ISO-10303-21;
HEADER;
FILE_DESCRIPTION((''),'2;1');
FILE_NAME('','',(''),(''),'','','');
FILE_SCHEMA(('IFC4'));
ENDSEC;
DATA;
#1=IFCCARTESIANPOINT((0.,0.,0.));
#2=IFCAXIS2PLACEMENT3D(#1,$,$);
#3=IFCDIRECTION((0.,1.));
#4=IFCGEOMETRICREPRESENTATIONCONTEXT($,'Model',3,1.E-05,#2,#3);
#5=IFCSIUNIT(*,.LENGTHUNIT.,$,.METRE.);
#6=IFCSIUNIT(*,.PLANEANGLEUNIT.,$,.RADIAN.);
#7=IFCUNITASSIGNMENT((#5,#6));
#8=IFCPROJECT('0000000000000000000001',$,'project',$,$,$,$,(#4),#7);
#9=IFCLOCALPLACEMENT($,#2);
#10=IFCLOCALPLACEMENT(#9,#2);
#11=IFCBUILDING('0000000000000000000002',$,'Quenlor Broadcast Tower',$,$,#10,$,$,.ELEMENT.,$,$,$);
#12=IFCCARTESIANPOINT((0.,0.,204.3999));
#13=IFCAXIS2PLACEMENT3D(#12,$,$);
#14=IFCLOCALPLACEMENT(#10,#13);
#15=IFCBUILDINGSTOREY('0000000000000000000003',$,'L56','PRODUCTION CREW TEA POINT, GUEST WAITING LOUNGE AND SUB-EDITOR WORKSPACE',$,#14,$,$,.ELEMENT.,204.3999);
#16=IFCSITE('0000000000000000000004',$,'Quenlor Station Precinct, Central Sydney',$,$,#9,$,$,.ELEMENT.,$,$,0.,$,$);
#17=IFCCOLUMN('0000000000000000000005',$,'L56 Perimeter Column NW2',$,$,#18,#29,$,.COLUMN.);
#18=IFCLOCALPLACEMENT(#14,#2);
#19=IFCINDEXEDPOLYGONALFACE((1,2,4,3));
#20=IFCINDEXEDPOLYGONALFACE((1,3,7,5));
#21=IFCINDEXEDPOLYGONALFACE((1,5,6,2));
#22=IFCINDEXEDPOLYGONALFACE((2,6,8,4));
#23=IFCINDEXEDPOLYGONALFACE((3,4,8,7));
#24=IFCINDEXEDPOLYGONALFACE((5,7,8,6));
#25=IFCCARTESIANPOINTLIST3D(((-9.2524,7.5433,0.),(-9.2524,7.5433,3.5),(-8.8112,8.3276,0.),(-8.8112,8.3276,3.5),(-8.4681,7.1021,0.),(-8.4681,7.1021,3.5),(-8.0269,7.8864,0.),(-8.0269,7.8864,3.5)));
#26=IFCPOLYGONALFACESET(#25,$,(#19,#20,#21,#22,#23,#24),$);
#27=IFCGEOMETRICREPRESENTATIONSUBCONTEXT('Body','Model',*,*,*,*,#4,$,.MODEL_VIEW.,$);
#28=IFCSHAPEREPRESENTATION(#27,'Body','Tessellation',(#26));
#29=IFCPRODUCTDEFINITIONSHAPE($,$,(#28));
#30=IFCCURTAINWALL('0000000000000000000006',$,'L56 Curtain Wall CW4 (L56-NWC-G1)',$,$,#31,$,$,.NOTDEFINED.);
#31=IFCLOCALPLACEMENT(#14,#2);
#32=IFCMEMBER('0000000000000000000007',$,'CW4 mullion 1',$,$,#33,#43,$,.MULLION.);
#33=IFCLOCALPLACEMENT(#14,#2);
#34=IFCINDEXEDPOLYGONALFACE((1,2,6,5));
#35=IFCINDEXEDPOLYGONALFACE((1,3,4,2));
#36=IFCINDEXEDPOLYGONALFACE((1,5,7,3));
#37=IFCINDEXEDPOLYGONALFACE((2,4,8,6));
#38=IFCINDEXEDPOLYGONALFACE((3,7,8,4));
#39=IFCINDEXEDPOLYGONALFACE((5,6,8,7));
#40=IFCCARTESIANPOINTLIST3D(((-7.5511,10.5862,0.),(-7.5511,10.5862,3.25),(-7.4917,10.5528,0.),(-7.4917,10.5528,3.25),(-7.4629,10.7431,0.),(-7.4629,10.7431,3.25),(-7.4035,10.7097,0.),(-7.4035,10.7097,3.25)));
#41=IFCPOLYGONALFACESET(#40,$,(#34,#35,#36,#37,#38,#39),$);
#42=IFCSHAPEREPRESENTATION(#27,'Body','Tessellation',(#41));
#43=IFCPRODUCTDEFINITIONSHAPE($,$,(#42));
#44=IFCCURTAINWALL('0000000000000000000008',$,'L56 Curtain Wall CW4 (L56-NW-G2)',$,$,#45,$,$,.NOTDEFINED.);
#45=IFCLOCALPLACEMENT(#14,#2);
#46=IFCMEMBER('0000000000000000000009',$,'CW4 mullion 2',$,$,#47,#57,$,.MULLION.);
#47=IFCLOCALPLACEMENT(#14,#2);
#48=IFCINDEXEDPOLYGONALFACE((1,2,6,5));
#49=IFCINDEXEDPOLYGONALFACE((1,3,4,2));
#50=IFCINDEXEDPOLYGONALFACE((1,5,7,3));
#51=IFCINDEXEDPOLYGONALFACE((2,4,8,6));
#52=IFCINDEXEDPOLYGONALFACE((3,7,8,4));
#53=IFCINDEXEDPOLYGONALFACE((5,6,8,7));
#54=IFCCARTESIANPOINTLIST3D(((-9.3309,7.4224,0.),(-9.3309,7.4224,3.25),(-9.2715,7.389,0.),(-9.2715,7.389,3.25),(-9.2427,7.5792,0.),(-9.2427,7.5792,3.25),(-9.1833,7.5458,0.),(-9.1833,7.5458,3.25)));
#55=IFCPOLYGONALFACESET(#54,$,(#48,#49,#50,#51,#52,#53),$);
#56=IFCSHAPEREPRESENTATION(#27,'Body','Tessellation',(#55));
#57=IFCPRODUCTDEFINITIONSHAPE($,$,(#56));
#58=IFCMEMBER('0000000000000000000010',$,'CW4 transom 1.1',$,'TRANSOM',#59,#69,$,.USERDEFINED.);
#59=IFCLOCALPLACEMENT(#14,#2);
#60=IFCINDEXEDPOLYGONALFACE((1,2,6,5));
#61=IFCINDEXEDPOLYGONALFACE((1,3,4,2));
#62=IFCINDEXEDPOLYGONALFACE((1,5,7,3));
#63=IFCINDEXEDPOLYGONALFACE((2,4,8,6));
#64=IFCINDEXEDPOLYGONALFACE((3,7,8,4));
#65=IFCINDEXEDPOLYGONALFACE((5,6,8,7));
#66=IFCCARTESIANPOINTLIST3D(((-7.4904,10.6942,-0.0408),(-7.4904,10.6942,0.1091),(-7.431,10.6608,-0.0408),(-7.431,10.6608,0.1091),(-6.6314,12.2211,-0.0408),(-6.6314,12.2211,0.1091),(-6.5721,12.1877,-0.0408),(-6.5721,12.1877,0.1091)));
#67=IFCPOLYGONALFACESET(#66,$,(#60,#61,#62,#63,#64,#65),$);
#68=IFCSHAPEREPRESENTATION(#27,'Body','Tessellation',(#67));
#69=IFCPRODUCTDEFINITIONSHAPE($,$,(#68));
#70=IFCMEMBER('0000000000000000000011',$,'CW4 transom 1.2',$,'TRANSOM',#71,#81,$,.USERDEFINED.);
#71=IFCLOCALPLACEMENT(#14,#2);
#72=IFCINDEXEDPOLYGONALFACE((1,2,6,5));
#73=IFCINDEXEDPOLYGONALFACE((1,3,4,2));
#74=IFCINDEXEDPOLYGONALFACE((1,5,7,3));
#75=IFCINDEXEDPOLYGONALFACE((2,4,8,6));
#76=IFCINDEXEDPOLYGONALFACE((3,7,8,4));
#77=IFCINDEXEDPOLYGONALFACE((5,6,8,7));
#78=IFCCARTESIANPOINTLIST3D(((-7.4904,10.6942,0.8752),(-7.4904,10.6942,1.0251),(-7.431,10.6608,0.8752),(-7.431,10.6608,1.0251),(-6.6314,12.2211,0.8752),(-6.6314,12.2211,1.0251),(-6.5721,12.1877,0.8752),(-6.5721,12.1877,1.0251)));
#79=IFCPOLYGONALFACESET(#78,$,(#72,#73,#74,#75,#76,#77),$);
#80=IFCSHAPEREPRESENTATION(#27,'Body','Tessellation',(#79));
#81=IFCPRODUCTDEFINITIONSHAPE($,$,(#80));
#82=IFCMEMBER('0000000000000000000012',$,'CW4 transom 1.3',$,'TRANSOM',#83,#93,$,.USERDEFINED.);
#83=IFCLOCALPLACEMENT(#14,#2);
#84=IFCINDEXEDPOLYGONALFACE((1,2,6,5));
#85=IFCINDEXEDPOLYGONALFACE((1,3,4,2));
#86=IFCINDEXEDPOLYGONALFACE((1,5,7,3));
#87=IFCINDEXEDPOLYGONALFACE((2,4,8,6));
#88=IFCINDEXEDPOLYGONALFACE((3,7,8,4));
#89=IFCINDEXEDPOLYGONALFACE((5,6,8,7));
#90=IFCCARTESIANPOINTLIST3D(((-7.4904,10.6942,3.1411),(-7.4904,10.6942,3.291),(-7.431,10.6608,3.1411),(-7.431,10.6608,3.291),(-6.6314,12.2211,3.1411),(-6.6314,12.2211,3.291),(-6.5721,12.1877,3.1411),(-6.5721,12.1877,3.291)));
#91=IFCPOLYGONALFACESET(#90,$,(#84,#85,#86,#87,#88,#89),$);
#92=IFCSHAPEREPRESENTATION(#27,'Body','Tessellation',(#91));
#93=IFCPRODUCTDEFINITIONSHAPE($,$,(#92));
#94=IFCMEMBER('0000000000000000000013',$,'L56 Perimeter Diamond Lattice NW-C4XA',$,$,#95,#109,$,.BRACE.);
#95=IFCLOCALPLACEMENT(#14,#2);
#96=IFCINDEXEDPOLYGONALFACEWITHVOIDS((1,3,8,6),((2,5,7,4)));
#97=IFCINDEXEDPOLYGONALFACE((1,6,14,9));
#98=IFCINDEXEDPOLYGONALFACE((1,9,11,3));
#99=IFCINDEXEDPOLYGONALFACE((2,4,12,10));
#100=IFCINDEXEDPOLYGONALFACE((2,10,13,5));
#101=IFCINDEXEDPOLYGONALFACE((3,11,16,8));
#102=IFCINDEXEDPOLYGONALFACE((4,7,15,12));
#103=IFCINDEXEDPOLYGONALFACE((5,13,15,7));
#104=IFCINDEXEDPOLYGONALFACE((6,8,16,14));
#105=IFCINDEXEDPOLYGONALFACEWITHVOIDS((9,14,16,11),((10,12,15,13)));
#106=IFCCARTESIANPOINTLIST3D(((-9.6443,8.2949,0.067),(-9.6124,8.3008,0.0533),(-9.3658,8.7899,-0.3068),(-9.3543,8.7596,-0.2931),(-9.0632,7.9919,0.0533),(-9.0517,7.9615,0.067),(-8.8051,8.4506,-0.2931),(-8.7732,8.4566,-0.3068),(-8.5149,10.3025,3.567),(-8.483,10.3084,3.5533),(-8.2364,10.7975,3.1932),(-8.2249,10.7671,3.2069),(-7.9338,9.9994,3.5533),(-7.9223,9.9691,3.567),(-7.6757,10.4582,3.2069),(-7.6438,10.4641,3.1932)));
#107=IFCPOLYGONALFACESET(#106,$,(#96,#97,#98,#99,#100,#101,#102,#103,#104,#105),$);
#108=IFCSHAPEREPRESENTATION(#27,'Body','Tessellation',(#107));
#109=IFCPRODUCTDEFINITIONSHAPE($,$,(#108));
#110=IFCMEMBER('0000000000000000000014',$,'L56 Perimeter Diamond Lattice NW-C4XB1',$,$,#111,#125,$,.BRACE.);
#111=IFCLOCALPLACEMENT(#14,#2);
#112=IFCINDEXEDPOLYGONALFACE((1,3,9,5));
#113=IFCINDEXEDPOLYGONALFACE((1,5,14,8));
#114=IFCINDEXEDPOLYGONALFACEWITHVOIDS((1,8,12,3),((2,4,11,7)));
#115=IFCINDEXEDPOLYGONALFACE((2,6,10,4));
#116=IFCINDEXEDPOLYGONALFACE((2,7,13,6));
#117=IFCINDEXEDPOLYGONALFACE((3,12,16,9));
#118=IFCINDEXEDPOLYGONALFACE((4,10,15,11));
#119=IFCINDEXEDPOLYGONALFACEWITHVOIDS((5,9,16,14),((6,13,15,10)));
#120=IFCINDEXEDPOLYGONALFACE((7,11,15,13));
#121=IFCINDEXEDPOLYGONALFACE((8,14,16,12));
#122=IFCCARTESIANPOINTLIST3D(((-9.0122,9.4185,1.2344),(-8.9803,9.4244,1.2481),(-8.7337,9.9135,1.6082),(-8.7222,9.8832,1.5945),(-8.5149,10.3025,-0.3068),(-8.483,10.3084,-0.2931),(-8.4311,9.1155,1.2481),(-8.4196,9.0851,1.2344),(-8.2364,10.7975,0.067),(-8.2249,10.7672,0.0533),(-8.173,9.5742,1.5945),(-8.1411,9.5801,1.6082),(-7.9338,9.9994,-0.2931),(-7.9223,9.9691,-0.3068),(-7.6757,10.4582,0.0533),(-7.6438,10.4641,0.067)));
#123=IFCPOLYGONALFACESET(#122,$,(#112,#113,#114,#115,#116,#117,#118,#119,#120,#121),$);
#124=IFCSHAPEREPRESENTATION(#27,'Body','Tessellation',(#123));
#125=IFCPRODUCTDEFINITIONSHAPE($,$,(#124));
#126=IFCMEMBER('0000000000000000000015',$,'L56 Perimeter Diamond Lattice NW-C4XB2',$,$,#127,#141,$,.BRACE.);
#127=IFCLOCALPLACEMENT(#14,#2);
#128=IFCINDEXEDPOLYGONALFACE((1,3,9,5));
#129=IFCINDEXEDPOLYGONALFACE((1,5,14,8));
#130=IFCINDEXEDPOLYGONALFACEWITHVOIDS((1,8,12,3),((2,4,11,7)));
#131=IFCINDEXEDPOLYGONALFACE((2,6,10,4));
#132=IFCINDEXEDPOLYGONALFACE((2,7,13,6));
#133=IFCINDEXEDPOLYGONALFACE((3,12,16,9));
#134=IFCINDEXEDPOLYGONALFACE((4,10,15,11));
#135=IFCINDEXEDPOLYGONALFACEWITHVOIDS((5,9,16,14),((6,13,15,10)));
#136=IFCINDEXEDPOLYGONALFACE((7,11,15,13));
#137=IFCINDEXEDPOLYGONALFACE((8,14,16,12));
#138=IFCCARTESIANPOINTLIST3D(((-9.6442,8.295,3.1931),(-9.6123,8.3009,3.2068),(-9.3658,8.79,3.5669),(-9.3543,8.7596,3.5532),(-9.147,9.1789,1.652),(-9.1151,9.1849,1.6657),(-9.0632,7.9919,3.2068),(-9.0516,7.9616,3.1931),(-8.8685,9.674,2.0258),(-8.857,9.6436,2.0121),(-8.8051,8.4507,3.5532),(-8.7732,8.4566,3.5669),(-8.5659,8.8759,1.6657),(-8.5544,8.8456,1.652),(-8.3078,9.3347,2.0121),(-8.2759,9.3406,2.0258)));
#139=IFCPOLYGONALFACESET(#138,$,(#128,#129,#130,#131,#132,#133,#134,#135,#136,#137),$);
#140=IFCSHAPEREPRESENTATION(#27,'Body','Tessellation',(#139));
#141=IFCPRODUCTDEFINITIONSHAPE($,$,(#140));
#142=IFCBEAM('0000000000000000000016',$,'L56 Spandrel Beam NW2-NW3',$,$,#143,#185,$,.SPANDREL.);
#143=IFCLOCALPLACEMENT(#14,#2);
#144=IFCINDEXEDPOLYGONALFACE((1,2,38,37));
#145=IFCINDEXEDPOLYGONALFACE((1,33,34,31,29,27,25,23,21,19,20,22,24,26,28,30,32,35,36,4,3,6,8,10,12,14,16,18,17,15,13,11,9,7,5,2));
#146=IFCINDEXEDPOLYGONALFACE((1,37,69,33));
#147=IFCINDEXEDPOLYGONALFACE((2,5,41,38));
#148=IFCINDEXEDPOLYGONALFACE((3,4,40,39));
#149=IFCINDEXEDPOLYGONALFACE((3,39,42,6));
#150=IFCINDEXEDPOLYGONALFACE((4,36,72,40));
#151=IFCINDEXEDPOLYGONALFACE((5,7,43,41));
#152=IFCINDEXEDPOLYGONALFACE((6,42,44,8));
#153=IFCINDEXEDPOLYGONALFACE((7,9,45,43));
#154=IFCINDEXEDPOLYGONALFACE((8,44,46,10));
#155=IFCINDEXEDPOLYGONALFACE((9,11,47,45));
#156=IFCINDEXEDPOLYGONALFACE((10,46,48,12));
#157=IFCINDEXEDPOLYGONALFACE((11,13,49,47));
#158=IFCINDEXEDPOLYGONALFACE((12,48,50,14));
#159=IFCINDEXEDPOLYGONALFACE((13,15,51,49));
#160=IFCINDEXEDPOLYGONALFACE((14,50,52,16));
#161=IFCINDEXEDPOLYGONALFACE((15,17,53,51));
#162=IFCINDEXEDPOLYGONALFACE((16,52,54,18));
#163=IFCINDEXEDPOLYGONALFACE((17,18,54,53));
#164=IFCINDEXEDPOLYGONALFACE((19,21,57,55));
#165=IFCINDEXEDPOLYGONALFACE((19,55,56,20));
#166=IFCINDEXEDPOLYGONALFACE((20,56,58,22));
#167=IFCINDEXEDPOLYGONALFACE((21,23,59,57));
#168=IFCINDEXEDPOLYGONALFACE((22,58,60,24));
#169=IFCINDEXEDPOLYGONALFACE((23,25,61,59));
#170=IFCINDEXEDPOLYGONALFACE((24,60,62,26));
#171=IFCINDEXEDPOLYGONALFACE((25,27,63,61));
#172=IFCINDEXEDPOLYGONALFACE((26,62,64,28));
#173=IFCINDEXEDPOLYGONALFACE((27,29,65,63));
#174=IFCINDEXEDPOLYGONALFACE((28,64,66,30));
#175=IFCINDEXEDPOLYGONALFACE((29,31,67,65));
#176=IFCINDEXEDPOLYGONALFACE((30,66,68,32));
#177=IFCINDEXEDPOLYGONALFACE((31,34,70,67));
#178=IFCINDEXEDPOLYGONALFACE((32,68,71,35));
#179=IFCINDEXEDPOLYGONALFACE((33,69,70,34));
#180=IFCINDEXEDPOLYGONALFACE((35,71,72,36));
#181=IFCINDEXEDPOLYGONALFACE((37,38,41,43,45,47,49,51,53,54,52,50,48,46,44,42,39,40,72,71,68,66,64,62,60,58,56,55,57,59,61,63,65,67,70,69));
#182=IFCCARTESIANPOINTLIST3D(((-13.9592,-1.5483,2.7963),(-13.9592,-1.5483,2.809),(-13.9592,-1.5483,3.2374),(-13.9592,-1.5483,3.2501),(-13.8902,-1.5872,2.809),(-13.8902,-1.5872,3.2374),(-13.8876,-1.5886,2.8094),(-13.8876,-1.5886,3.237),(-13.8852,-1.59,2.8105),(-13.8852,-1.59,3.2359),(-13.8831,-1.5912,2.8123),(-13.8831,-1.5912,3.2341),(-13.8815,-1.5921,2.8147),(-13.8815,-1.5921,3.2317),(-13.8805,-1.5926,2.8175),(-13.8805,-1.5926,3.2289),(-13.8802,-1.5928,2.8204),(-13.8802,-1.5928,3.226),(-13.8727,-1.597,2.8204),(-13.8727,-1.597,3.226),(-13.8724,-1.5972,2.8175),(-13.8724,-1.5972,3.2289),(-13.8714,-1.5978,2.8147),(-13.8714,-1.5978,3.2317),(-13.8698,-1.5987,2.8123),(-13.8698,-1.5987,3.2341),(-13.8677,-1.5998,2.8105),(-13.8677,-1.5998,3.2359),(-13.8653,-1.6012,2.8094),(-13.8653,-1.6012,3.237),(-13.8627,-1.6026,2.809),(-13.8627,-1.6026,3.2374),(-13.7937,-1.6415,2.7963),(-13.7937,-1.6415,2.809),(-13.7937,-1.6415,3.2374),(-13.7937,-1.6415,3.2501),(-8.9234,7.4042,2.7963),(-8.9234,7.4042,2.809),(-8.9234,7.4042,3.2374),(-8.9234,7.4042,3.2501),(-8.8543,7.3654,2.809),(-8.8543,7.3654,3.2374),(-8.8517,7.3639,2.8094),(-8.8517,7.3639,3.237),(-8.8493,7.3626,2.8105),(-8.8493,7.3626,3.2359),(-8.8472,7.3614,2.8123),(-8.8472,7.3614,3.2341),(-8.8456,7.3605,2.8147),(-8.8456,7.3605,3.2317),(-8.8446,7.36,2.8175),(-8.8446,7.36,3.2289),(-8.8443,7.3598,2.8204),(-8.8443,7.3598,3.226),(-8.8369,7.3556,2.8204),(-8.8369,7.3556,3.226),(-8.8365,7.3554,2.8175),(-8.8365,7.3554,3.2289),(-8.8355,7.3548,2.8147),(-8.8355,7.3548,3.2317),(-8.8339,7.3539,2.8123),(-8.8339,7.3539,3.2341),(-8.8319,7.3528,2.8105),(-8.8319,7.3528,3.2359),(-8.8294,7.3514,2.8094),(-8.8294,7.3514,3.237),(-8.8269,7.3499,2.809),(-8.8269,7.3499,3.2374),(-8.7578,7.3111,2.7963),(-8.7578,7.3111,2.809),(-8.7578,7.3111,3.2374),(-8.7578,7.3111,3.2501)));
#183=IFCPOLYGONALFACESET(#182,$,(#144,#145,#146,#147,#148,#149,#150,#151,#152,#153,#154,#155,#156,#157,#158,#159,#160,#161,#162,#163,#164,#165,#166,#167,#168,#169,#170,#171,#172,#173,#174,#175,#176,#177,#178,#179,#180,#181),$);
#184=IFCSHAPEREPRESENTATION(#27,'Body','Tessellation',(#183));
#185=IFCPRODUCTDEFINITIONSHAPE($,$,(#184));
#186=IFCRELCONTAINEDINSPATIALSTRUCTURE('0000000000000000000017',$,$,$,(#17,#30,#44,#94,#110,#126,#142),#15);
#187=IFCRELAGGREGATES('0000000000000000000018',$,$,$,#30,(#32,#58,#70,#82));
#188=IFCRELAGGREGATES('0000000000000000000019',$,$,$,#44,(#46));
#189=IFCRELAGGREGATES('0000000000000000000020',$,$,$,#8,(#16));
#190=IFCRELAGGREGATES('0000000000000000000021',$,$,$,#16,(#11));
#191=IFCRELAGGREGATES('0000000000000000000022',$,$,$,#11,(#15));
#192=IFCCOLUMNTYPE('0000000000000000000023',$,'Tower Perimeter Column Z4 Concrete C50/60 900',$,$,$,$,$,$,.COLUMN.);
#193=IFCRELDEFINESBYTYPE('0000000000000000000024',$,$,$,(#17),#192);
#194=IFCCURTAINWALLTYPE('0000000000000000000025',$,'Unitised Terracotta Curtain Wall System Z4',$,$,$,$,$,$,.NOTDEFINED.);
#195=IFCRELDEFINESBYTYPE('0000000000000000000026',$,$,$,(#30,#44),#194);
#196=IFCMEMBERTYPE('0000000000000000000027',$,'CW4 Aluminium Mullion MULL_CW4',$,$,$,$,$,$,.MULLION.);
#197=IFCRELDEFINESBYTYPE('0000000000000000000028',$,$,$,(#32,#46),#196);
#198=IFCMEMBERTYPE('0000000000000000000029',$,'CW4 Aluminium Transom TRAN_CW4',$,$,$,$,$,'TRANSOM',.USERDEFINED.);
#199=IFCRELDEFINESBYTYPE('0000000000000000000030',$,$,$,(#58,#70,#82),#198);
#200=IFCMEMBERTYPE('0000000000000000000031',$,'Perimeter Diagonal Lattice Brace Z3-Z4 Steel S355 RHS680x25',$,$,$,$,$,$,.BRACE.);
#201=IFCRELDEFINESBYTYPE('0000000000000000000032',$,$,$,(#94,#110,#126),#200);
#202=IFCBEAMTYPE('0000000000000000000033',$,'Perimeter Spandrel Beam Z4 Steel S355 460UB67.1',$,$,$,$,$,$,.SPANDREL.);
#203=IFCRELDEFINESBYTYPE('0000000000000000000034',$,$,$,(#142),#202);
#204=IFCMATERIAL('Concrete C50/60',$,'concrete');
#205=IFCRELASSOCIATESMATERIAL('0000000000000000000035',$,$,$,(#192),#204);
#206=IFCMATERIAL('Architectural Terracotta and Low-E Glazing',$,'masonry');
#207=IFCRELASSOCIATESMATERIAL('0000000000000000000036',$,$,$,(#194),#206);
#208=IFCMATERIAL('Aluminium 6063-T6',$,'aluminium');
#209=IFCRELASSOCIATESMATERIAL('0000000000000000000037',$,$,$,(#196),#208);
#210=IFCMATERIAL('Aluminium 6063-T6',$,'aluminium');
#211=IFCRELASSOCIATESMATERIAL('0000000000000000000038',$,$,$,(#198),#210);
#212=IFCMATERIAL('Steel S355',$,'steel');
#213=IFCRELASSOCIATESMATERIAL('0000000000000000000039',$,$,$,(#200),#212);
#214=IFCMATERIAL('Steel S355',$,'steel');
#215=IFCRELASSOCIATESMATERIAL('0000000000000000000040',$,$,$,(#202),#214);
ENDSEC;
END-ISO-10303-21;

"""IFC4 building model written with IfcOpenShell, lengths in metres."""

from ifc_helpers import new_model, si_unit, direction, frame, origin, origin_2d, place, context, subcontext, project, spatial, rectangle, hollow_rectangle, i_section, extrude, material, material_profile, profile_set, type_object, element, aggregate, save


model = new_model("IFC4")

# Units and contexts
model_context = context("Model", 3, precision=1e-05, world=origin(), true_north=direction((0.0, 1.0)))
body_context = subcontext(model_context, "Body", "Model", "MODEL_VIEW")
ifc_project = project(units=[si_unit("LENGTHUNIT", "METRE"), si_unit("PLANEANGLEUNIT", "RADIAN")], contexts=[model_context])

# Site, building, storey
site_placement = place(None, origin())
site = spatial("IfcSite", under=ifc_project, at=site_placement, Name="Quenlor Station Precinct, Central Sydney", CompositionType="ELEMENT", RefElevation=0.0)
building_placement = place(site_placement, origin())
building = spatial("IfcBuilding", under=site, at=building_placement, Name="Quenlor Broadcast Tower", CompositionType="ELEMENT")
storey_placement = place(building_placement, frame((0.0, 0.0, 204.3999)))
storey = spatial("IfcBuildingStorey", under=building, at=storey_placement, Name="L56", Description="PRODUCTION CREW TEA POINT, GUEST WAITING LOUNGE AND SUB-EDITOR WORKSPACE", CompositionType="ELEMENT", Elevation=204.3999)

# Column
ifc_material_1 = material(Name="Concrete C50/60", Category="concrete")
ifc_material_profile_1 = material_profile(ifc_material_1, rectangle(XDim=0.8999, YDim=0.8999, at=origin_2d()))
ifc_profile_set_1 = profile_set([ifc_material_profile_1], Name="Concrete C50/60 RC900x900")
column_type = type_object("IfcColumnType", Name="Tower Perimeter Column Z4 Concrete C50/60 900", PredefinedType="COLUMN", material=ifc_profile_set_1)
column_placement = place(storey_placement, frame((-8.6396, 7.7148, 0.0), z_axis=(0.0, 0.0, 1.0), x_axis=(-0.871575, 0.490262, 0.0)))
element("IfcColumn", 1, at=column_placement, inside=storey, type_object=column_type, Name="L56 Perimeter Column NW2", PredefinedType="COLUMN", context=body_context, shape_type="SweptSolid", body=[
    extrude(rectangle(XDim=0.8999, YDim=0.8999, at=origin_2d()), origin(), (0.0, 0.0, 1.0), 3.5),
])

# Curtain walls, members
ifc_material_2 = material(Name="Architectural Terracotta and Low-E Glazing", Category="masonry")
curtain_wall_type = type_object("IfcCurtainWallType", Name="Unitised Terracotta Curtain Wall System Z4", PredefinedType="NOTDEFINED", material=ifc_material_2)
curtain_wall_1_placement = place(storey_placement, origin())
curtain_wall_1 = element("IfcCurtainWall", 2, at=curtain_wall_1_placement, inside=storey, type_object=curtain_wall_type, Name="L56 Curtain Wall CW4 (L56-NWC-G1)", PredefinedType="NOTDEFINED")
ifc_material_3 = material(Name="Aluminium 6063-T6", Category="aluminium")
ifc_material_profile_2 = material_profile(ifc_material_3, rectangle(XDim=0.0681, YDim=0.1799, at=origin_2d()))
ifc_profile_set_2 = profile_set([ifc_material_profile_2], Name="Aluminium 6063-T6 MULL68x180")
member_type_1 = type_object("IfcMemberType", Name="CW4 Aluminium Mullion MULL_CW4", PredefinedType="MULLION", material=ifc_profile_set_2)
member_1_placement = place(storey_placement, frame((-7.4773, 10.6479, 0.0), z_axis=(0.0, 0.0, 1.0), x_axis=(-0.871576, 0.49026, 0.0)))
member_1 = element("IfcMember", 3, at=member_1_placement, type_object=member_type_1, Name="CW4 mullion 1", PredefinedType="MULLION", context=body_context, shape_type="SweptSolid", body=[
    extrude(rectangle(XDim=0.0681, YDim=0.1799, at=origin_2d()), origin(), (0.0, 0.0, 1.0), 3.25),
])
curtain_wall_2_placement = place(storey_placement, origin())
curtain_wall_2 = element("IfcCurtainWall", 4, at=curtain_wall_2_placement, inside=storey, type_object=curtain_wall_type, Name="L56 Curtain Wall CW4 (L56-NW-G2)", PredefinedType="NOTDEFINED")
member_2_placement = place(storey_placement, frame((-9.2571, 7.4841, 0.0), z_axis=(0.0, 0.0, 1.0), x_axis=(-0.871578, 0.490257, 0.0)))
member_2 = element("IfcMember", 5, at=member_2_placement, type_object=member_type_1, Name="CW4 mullion 2", PredefinedType="MULLION", context=body_context, shape_type="SweptSolid", body=[
    extrude(rectangle(XDim=0.0681, YDim=0.1799, at=origin_2d()), origin(), (0.0, 0.0, 1.0), 3.25),
])

# Members
ifc_material_4 = material(Name="Aluminium 6063-T6", Category="aluminium")
ifc_material_profile_3 = material_profile(ifc_material_4, rectangle(XDim=0.0681, YDim=0.1499, at=origin_2d()))
ifc_profile_set_3 = profile_set([ifc_material_profile_3], Name="Aluminium 6063-T6 TRAN68x150")
member_type_2 = type_object("IfcMemberType", Name="CW4 Aluminium Transom TRAN_CW4", ElementType="TRANSOM", PredefinedType="USERDEFINED", material=ifc_profile_set_3)
member_3_placement = place(storey_placement, frame((-7.4607, 10.6775, 0.0342), z_axis=(0.490274, 0.871568, 0.0), x_axis=(-0.871568, 0.490274, 0.0)))
member_3 = element("IfcMember", 6, at=member_3_placement, type_object=member_type_2, Name="CW4 transom 1.1", ObjectType="TRANSOM", PredefinedType="USERDEFINED", context=body_context, shape_type="SweptSolid", body=[
    extrude(rectangle(XDim=0.0681, YDim=0.1499, at=origin_2d()), origin(), (0.0, 0.0, 1.0), 1.752),
])
member_4_placement = place(storey_placement, frame((-7.4607, 10.6775, 0.9502), z_axis=(0.490274, 0.871568, 0.0), x_axis=(-0.871568, 0.490274, 0.0)))
member_4 = element("IfcMember", 7, at=member_4_placement, type_object=member_type_2, Name="CW4 transom 1.2", ObjectType="TRANSOM", PredefinedType="USERDEFINED", context=body_context, shape_type="SweptSolid", body=[
    extrude(rectangle(XDim=0.0681, YDim=0.1499, at=origin_2d()), origin(), (0.0, 0.0, 1.0), 1.752),
])
member_5_placement = place(storey_placement, frame((-7.4607, 10.6775, 3.2161), z_axis=(0.490274, 0.871568, 0.0), x_axis=(-0.871568, 0.490274, 0.0)))
member_5 = element("IfcMember", 8, at=member_5_placement, type_object=member_type_2, Name="CW4 transom 1.3", ObjectType="TRANSOM", PredefinedType="USERDEFINED", context=body_context, shape_type="SweptSolid", body=[
    extrude(rectangle(XDim=0.0681, YDim=0.1499, at=origin_2d()), origin(), (0.0, 0.0, 1.0), 1.752),
])
aggregate(curtain_wall_1, [member_1, member_3, member_4, member_5])

# Members
ifc_material_5 = material(Name="Steel S355", Category="steel")
ifc_material_profile_4 = material_profile(ifc_material_5, hollow_rectangle(XDim=0.6799, YDim=0.6799, WallThickness=0.0249, at=origin_2d()))
ifc_profile_set_4 = profile_set([ifc_material_profile_4], Name="Steel S355 RHS680x680x25")
member_type_3 = type_object("IfcMemberType", Name="Perimeter Diagonal Lattice Brace Z3-Z4 Steel S355 RHS680x25", PredefinedType="BRACE", material=ifc_profile_set_4)
member_6_placement = place(storey_placement, frame((-9.2087, 8.3757, -0.1199), z_axis=(0.269547, 0.479136, 0.835328), x_axis=(-0.87155, 0.490307, 0.0)))
element("IfcMember", 9, at=member_6_placement, inside=storey, type_object=member_type_3, Name="L56 Perimeter Diamond Lattice NW-C4XA", PredefinedType="BRACE", context=body_context, shape_type="SweptSolid", body=[
    extrude(hollow_rectangle(XDim=0.6799, YDim=0.6799, WallThickness=0.0249, at=origin_2d()), origin(), (0.0, 0.0, 1.0), 4.1899),
])
for number, where, z_axis, x_axis, name in (
    (10, (-8.0793, 10.3833, -0.1199), (-0.269536, -0.47913, 0.835335), (0.871556, -0.490296, 0.0), "L56 Perimeter Diamond Lattice NW-C4XB1"),
    (11, (-8.7114, 9.2598, 1.8389), (-0.269536, -0.47913, 0.835335), (0.871556, -0.490296, 0.0), "L56 Perimeter Diamond Lattice NW-C4XB2"),
):
    element("IfcMember", number, at=place(storey_placement, frame(where, z_axis=z_axis, x_axis=x_axis)), inside=storey, type_object=member_type_3, Name=name, PredefinedType="BRACE", context=body_context, shape_type="SweptSolid", body=[
        extrude(hollow_rectangle(XDim=0.6799, YDim=0.6799, WallThickness=0.0249, at=origin_2d()), origin(), (0.0, 0.0, 1.0), 1.845),
    ])

# Beam
ifc_material_6 = material(Name="Steel S355", Category="steel")
ifc_material_profile_5 = material_profile(ifc_material_6, i_section(OverallWidth=0.1899, OverallDepth=0.4539, WebThickness=0.0085, FlangeThickness=0.0127, FilletRadius=0.0115, at=origin_2d()))
ifc_profile_set_5 = profile_set([ifc_material_profile_5], Name="Steel S355 460UB67.1")
beam_type_1 = type_object("IfcBeamType", Name="Perimeter Spandrel Beam Z4 Steel S355 460UB67.1", PredefinedType="SPANDREL", material=ifc_profile_set_5)
beam_1_placement = place(storey_placement, frame((-8.8406, 7.3577, 3.0232), z_axis=(-0.490263, -0.871574, 0.0), x_axis=(0.871574, -0.490263, 0.0)))
element("IfcBeam", 12, at=beam_1_placement, inside=storey, type_object=beam_type_1, Name="L56 Spandrel Beam NW2-NW3", PredefinedType="SPANDREL", context=body_context, shape_type="SweptSolid", body=[
    extrude(i_section(OverallWidth=0.1899, OverallDepth=0.4539, WebThickness=0.0085, FlangeThickness=0.0127, FilletRadius=0.0115, at=origin_2d()), origin(), (0.0, 0.0, 1.0), 10.2717),
])

aggregate(curtain_wall_2, [member_2])

save(model, "model.ifc")
